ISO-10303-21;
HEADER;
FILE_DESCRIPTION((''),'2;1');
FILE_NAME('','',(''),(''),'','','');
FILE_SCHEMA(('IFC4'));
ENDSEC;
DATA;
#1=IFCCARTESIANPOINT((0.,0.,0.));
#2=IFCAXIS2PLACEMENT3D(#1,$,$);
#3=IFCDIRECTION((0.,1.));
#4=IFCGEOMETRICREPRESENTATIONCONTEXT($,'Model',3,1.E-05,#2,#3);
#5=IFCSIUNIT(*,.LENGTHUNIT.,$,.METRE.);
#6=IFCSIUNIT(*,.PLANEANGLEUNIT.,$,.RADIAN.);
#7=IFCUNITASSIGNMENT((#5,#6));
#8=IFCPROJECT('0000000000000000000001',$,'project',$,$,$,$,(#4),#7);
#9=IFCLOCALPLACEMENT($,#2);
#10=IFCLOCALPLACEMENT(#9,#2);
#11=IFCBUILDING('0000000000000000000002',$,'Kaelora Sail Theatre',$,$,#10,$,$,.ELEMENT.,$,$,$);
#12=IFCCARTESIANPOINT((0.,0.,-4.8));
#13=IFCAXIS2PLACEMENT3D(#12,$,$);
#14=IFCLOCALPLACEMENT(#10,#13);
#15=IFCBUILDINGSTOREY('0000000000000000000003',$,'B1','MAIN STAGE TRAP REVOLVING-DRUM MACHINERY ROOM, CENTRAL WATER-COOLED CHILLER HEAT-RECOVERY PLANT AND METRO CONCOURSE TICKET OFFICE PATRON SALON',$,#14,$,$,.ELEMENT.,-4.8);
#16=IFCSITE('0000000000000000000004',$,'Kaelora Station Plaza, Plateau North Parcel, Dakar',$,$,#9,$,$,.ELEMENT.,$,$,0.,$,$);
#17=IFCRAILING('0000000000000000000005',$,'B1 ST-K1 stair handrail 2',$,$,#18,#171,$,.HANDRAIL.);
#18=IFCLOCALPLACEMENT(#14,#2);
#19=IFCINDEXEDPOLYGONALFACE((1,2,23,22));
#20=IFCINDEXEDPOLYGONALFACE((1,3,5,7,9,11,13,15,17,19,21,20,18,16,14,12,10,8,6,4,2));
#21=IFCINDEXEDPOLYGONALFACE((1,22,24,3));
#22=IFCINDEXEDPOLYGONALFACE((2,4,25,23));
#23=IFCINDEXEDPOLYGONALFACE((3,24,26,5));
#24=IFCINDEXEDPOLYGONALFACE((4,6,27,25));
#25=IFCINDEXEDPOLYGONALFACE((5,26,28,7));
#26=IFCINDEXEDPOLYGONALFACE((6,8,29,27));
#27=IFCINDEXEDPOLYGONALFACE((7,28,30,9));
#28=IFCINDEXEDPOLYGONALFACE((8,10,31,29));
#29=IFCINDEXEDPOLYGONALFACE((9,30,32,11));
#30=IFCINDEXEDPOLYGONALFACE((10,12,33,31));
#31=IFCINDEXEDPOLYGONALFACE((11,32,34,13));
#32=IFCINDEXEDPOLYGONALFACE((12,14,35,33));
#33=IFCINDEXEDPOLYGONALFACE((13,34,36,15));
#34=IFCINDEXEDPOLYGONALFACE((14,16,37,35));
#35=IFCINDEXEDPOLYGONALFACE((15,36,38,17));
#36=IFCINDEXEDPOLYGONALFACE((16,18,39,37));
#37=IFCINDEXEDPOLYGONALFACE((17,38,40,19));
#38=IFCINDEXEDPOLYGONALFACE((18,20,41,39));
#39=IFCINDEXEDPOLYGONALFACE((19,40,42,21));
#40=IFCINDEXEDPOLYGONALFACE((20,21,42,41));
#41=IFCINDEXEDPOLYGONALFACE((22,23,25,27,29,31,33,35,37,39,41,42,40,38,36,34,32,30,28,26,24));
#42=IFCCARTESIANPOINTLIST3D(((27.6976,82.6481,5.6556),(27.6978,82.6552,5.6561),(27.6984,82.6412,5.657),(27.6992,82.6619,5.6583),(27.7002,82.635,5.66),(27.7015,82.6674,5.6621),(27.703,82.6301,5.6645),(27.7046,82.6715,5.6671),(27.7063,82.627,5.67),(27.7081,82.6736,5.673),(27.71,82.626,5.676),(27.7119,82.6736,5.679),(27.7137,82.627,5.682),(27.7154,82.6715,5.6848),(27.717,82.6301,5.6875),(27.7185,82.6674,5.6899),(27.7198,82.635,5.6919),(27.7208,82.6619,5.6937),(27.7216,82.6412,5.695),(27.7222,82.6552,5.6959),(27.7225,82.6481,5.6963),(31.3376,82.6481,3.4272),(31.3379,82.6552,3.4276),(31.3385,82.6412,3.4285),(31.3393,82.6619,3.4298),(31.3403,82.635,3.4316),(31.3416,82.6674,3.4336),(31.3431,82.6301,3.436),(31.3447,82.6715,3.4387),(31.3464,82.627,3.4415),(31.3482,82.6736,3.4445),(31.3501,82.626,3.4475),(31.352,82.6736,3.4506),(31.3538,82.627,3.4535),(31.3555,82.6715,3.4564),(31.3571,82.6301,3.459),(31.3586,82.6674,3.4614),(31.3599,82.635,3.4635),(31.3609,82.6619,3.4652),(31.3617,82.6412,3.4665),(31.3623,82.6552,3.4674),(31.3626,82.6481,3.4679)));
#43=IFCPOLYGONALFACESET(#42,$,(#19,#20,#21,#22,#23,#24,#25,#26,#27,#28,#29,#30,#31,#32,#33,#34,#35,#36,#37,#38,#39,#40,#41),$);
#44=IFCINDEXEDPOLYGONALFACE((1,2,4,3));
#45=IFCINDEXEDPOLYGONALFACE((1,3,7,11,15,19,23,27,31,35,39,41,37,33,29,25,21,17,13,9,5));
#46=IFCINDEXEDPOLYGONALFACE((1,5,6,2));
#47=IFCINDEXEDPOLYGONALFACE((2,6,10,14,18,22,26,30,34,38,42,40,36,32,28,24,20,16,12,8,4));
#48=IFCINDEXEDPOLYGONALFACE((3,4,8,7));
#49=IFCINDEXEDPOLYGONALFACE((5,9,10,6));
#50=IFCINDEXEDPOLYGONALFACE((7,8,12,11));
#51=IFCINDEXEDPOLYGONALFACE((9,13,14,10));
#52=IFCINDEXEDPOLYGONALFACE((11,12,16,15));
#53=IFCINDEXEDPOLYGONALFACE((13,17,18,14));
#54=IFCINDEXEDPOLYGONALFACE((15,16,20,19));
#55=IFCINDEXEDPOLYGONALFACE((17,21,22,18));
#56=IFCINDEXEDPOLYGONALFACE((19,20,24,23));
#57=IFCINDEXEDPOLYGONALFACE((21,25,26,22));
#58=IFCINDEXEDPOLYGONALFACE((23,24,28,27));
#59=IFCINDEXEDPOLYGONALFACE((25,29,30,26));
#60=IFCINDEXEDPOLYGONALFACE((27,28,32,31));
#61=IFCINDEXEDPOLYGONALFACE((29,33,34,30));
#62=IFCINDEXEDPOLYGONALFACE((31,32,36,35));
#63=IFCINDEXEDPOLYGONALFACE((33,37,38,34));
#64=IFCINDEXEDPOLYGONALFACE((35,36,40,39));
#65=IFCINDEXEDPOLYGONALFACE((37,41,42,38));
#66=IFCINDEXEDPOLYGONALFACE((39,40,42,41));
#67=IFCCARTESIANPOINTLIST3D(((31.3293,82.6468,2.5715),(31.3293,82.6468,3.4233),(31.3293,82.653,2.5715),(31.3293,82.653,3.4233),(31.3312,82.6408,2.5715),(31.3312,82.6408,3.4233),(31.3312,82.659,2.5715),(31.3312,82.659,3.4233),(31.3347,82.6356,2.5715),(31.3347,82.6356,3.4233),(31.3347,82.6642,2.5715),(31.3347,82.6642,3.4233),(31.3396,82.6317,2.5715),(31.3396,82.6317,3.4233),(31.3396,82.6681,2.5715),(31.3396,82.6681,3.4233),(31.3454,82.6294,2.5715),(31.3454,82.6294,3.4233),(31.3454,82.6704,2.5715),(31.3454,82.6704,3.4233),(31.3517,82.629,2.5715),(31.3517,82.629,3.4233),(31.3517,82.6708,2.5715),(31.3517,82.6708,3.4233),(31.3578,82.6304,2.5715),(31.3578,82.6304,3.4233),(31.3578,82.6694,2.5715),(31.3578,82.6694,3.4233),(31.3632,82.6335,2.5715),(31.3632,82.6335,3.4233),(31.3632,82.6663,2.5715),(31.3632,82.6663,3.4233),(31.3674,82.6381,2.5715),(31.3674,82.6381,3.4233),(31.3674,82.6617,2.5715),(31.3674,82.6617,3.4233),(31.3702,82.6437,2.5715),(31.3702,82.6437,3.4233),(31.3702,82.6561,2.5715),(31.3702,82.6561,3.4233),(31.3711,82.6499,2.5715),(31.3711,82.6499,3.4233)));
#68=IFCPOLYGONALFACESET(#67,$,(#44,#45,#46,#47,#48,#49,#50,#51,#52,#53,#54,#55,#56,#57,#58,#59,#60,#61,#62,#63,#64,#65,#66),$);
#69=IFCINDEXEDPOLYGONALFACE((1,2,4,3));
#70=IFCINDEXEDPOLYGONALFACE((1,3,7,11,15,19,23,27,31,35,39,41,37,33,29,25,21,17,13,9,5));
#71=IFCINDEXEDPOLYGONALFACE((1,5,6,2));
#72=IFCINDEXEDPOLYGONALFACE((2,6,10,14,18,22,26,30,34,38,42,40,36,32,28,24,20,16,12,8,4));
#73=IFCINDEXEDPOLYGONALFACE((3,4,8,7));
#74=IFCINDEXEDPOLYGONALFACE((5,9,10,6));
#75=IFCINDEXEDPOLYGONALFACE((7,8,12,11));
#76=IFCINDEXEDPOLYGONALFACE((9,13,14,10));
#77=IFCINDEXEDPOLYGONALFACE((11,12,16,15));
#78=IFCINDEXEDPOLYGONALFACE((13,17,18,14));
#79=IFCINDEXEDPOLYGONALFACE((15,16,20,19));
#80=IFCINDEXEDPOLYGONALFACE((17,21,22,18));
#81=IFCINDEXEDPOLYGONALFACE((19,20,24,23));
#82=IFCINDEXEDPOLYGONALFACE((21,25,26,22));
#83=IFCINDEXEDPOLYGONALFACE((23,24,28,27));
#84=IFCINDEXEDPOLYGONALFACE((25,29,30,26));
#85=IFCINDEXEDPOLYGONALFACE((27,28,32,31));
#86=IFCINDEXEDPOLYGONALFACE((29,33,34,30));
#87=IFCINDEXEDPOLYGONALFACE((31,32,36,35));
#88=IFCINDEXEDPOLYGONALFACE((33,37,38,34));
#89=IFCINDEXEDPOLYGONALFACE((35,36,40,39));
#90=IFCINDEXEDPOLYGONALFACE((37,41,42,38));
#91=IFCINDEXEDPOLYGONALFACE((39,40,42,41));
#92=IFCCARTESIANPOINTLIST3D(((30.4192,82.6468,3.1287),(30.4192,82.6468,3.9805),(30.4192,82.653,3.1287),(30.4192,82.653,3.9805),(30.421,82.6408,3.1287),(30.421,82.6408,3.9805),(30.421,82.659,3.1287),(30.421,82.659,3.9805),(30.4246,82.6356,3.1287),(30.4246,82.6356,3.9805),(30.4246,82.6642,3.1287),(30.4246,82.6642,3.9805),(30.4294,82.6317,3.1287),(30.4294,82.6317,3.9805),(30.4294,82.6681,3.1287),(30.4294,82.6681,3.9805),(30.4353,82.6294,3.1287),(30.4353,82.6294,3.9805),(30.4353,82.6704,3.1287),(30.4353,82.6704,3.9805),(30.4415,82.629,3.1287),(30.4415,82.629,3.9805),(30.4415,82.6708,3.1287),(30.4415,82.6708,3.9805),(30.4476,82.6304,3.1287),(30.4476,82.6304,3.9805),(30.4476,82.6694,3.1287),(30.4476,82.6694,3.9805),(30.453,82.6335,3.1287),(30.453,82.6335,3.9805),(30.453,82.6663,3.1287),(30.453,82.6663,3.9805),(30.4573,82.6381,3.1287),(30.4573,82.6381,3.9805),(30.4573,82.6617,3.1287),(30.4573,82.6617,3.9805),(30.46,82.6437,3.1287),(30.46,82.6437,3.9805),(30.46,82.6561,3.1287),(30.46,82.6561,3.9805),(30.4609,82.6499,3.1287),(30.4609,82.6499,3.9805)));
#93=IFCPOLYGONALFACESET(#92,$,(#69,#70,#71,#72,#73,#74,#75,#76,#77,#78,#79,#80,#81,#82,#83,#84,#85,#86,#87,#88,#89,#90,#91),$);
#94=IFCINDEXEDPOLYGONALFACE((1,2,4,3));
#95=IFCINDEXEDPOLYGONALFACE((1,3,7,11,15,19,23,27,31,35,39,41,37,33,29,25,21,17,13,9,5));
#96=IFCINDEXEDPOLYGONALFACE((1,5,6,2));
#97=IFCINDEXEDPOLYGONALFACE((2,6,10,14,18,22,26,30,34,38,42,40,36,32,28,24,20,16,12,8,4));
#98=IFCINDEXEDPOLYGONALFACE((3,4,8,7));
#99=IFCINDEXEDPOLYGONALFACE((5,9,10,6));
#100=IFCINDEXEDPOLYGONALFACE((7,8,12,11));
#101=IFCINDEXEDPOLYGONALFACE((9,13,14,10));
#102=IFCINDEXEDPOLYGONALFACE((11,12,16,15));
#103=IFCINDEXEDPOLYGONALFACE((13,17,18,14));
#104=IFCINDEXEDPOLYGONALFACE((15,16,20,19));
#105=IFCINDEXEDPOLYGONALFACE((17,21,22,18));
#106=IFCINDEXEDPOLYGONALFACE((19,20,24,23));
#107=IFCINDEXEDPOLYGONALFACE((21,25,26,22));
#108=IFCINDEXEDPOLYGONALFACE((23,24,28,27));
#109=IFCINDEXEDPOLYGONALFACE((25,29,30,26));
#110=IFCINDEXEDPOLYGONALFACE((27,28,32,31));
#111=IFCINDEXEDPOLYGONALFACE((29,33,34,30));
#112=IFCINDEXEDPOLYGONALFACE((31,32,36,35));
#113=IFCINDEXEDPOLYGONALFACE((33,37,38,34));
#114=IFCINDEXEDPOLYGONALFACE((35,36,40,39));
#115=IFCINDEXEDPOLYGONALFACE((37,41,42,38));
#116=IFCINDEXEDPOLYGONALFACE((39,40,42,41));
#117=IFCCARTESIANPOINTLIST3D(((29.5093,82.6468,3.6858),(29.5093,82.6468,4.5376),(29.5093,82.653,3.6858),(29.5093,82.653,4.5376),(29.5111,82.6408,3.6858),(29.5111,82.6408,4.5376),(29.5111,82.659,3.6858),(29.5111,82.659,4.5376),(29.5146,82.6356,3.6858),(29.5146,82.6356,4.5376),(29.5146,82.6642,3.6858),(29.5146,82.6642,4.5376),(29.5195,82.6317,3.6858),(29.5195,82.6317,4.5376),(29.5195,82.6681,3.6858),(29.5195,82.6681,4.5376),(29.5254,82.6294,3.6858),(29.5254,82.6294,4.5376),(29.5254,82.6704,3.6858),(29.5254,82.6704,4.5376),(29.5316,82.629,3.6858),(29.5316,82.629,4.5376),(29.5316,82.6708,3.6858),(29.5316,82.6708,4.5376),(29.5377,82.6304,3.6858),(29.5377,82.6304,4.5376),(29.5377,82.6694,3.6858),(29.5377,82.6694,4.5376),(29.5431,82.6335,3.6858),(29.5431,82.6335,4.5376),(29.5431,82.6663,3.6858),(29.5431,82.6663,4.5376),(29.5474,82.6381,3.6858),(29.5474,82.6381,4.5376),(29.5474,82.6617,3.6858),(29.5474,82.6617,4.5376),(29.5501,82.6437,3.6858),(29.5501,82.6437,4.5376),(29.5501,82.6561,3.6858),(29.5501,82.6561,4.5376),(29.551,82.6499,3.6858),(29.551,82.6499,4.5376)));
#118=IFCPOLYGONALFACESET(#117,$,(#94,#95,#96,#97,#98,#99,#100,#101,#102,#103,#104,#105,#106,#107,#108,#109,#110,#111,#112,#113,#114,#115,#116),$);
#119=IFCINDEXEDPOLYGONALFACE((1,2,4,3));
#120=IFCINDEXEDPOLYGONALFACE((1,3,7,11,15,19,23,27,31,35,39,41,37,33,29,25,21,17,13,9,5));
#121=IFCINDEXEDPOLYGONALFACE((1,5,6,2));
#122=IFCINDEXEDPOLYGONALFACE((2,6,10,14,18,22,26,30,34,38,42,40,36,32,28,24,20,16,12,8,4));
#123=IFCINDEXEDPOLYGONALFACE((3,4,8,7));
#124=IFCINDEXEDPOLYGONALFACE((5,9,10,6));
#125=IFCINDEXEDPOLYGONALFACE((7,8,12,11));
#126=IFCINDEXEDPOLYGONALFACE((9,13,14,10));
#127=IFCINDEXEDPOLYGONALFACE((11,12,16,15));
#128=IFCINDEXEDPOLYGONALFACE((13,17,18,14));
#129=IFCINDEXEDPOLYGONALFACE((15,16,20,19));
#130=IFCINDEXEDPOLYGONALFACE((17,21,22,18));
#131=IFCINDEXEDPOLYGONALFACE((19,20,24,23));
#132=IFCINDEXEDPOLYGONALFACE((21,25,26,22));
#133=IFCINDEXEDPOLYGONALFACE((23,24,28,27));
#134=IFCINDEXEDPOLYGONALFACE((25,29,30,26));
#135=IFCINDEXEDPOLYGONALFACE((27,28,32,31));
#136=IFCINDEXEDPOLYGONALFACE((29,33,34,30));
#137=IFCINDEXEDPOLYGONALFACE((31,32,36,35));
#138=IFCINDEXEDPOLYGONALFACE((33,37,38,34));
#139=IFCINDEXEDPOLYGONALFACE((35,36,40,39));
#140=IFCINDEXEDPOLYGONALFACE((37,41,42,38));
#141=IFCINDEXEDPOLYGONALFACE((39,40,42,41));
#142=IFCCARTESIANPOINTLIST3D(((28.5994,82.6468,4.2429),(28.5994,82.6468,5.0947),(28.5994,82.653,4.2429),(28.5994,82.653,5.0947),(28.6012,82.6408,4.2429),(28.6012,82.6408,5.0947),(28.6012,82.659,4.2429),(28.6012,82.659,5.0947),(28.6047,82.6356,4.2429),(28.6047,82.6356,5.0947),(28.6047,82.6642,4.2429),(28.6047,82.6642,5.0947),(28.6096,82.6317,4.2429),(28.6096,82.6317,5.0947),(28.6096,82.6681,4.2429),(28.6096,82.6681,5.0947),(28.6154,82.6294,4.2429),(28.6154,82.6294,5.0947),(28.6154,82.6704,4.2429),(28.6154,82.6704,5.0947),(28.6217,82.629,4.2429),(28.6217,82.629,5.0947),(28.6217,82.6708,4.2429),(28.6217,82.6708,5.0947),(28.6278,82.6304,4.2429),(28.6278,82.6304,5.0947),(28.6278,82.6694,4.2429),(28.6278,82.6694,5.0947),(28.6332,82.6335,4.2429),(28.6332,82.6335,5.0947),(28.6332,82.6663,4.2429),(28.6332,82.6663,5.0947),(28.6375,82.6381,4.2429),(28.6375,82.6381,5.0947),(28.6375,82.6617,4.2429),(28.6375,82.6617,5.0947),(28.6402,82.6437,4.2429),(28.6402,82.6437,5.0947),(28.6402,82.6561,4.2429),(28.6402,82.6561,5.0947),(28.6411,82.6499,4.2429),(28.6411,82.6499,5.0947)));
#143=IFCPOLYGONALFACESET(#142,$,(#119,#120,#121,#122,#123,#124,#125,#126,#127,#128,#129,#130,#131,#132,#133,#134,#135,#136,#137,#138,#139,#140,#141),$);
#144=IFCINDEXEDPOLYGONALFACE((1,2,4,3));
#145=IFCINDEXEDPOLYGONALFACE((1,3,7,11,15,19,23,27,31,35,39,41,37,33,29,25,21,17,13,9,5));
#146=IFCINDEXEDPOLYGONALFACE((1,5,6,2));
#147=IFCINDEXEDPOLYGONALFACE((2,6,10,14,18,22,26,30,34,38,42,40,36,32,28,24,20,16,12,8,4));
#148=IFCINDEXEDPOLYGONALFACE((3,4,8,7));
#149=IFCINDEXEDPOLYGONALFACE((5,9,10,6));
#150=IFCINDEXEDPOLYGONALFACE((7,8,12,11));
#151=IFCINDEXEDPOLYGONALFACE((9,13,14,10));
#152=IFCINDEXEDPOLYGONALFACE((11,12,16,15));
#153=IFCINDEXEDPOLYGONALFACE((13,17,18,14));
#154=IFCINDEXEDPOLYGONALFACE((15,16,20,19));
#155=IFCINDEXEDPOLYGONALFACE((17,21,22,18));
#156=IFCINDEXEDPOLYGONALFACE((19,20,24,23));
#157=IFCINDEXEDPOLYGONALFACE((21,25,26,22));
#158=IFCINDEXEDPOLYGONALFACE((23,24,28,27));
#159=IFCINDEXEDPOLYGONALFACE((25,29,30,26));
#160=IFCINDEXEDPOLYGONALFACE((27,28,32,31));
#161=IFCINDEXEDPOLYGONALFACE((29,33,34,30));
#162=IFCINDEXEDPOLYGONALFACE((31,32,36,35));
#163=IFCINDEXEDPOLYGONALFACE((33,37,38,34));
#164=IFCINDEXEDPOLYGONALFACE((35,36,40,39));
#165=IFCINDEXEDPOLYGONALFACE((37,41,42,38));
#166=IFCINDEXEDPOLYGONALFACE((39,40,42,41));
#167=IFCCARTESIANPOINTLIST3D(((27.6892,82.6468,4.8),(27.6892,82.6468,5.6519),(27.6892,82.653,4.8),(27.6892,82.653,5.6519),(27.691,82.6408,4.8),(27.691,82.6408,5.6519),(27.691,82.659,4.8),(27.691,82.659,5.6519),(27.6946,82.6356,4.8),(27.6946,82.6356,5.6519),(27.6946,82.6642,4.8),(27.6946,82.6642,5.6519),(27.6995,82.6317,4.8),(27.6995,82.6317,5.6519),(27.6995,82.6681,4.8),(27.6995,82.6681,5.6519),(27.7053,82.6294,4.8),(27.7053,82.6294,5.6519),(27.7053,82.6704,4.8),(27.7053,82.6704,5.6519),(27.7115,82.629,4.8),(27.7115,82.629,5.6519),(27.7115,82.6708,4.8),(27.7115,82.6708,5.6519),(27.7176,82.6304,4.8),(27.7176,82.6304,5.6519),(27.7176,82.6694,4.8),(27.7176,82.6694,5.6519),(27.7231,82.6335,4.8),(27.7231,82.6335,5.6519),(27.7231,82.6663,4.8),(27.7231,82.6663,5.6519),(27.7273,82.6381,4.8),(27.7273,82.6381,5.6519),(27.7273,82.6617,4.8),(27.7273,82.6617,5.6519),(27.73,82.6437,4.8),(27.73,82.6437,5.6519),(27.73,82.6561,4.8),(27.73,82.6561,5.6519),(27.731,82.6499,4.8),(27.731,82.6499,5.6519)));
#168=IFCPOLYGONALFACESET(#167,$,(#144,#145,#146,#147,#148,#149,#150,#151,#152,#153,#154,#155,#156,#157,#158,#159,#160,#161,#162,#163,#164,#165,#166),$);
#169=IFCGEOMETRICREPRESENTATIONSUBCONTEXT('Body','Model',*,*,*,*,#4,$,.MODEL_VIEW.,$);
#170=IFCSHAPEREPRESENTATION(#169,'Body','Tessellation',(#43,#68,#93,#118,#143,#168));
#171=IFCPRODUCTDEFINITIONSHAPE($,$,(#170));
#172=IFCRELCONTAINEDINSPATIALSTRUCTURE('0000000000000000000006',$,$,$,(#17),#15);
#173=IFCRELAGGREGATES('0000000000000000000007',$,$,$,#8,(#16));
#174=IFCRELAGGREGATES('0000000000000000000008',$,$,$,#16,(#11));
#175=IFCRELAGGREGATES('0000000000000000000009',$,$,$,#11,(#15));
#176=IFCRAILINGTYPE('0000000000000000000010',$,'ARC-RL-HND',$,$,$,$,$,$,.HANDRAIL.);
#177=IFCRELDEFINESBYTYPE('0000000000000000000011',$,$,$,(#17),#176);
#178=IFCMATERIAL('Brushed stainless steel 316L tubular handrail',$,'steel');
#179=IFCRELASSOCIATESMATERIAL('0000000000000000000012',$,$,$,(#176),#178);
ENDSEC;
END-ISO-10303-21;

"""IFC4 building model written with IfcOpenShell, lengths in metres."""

from ifc_helpers import new_model, si_unit, direction, frame, origin, origin_2d, place, context, subcontext, project, spatial, circle, extrude, material, type_object, element, save


model = new_model("IFC4")

# Units and contexts
model_context = context("Model", 3, precision=1e-05, world=origin(), true_north=direction((0.0, 1.0)))
body_context = subcontext(model_context, "Body", "Model", "MODEL_VIEW")
ifc_project = project(units=[si_unit("LENGTHUNIT", "METRE"), si_unit("PLANEANGLEUNIT", "RADIAN")], contexts=[model_context])

# Site, building, storey
site_placement = place(None, origin())
site = spatial("IfcSite", under=ifc_project, at=site_placement, Name="Kaelora Station Plaza, Plateau North Parcel, Dakar", CompositionType="ELEMENT", RefElevation=0.0)
building_placement = place(site_placement, origin())
building = spatial("IfcBuilding", under=site, at=building_placement, Name="Kaelora Sail Theatre", CompositionType="ELEMENT")
storey_placement = place(building_placement, frame((0.0, 0.0, -4.8)))
storey = spatial("IfcBuildingStorey", under=building, at=storey_placement, Name="B1", Description="MAIN STAGE TRAP REVOLVING-DRUM MACHINERY ROOM, CENTRAL WATER-COOLED CHILLER HEAT-RECOVERY PLANT AND METRO CONCOURSE TICKET OFFICE PATRON SALON", CompositionType="ELEMENT", Elevation=-4.8)

# Railing
ifc_material_1 = material(Name="Brushed stainless steel 316L tubular handrail", Category="steel")
railing_type_1 = type_object("IfcRailingType", Name="ARC-RL-HND", PredefinedType="HANDRAIL", material=ifc_material_1)
railing_1_placement = place(storey_placement, frame((31.3501, 82.6499, 2.5715)))
element("IfcRailing", 1, at=railing_1_placement, inside=storey, type_object=railing_type_1, Name="B1 ST-K1 stair handrail 2", PredefinedType="HANDRAIL", context=body_context, shape_type="SweptSolid", body=[
    extrude(circle(Radius=0.0239, at=origin_2d()), frame((0.0, 0.0, 0.876), z_axis=(-0.852866, 0.0, 0.52213), x_axis=(0.0, -1.0, 0.0)), (0.0, 0.0, 1.0), 4.2681),
    extrude(circle(Radius=0.021, at=origin_2d()), origin(), (0.0, 0.0, 1.0), 0.8518),
    extrude(circle(Radius=0.021, at=origin_2d()), frame((-0.9102, 0.0, 0.5571)), (0.0, 0.0, 1.0), 0.8518),
    extrude(circle(Radius=0.021, at=origin_2d()), frame((-1.8201, 0.0, 1.1143)), (0.0, 0.0, 1.0), 0.8518),
    extrude(circle(Radius=0.021, at=origin_2d()), frame((-2.73, 0.0, 1.6714)), (0.0, 0.0, 1.0), 0.8518),
    extrude(circle(Radius=0.021, at=origin_2d()), frame((-3.6401, 0.0, 2.2285)), (0.0, 0.0, 1.0), 0.8518),
])

save(model, "model.ifc")
